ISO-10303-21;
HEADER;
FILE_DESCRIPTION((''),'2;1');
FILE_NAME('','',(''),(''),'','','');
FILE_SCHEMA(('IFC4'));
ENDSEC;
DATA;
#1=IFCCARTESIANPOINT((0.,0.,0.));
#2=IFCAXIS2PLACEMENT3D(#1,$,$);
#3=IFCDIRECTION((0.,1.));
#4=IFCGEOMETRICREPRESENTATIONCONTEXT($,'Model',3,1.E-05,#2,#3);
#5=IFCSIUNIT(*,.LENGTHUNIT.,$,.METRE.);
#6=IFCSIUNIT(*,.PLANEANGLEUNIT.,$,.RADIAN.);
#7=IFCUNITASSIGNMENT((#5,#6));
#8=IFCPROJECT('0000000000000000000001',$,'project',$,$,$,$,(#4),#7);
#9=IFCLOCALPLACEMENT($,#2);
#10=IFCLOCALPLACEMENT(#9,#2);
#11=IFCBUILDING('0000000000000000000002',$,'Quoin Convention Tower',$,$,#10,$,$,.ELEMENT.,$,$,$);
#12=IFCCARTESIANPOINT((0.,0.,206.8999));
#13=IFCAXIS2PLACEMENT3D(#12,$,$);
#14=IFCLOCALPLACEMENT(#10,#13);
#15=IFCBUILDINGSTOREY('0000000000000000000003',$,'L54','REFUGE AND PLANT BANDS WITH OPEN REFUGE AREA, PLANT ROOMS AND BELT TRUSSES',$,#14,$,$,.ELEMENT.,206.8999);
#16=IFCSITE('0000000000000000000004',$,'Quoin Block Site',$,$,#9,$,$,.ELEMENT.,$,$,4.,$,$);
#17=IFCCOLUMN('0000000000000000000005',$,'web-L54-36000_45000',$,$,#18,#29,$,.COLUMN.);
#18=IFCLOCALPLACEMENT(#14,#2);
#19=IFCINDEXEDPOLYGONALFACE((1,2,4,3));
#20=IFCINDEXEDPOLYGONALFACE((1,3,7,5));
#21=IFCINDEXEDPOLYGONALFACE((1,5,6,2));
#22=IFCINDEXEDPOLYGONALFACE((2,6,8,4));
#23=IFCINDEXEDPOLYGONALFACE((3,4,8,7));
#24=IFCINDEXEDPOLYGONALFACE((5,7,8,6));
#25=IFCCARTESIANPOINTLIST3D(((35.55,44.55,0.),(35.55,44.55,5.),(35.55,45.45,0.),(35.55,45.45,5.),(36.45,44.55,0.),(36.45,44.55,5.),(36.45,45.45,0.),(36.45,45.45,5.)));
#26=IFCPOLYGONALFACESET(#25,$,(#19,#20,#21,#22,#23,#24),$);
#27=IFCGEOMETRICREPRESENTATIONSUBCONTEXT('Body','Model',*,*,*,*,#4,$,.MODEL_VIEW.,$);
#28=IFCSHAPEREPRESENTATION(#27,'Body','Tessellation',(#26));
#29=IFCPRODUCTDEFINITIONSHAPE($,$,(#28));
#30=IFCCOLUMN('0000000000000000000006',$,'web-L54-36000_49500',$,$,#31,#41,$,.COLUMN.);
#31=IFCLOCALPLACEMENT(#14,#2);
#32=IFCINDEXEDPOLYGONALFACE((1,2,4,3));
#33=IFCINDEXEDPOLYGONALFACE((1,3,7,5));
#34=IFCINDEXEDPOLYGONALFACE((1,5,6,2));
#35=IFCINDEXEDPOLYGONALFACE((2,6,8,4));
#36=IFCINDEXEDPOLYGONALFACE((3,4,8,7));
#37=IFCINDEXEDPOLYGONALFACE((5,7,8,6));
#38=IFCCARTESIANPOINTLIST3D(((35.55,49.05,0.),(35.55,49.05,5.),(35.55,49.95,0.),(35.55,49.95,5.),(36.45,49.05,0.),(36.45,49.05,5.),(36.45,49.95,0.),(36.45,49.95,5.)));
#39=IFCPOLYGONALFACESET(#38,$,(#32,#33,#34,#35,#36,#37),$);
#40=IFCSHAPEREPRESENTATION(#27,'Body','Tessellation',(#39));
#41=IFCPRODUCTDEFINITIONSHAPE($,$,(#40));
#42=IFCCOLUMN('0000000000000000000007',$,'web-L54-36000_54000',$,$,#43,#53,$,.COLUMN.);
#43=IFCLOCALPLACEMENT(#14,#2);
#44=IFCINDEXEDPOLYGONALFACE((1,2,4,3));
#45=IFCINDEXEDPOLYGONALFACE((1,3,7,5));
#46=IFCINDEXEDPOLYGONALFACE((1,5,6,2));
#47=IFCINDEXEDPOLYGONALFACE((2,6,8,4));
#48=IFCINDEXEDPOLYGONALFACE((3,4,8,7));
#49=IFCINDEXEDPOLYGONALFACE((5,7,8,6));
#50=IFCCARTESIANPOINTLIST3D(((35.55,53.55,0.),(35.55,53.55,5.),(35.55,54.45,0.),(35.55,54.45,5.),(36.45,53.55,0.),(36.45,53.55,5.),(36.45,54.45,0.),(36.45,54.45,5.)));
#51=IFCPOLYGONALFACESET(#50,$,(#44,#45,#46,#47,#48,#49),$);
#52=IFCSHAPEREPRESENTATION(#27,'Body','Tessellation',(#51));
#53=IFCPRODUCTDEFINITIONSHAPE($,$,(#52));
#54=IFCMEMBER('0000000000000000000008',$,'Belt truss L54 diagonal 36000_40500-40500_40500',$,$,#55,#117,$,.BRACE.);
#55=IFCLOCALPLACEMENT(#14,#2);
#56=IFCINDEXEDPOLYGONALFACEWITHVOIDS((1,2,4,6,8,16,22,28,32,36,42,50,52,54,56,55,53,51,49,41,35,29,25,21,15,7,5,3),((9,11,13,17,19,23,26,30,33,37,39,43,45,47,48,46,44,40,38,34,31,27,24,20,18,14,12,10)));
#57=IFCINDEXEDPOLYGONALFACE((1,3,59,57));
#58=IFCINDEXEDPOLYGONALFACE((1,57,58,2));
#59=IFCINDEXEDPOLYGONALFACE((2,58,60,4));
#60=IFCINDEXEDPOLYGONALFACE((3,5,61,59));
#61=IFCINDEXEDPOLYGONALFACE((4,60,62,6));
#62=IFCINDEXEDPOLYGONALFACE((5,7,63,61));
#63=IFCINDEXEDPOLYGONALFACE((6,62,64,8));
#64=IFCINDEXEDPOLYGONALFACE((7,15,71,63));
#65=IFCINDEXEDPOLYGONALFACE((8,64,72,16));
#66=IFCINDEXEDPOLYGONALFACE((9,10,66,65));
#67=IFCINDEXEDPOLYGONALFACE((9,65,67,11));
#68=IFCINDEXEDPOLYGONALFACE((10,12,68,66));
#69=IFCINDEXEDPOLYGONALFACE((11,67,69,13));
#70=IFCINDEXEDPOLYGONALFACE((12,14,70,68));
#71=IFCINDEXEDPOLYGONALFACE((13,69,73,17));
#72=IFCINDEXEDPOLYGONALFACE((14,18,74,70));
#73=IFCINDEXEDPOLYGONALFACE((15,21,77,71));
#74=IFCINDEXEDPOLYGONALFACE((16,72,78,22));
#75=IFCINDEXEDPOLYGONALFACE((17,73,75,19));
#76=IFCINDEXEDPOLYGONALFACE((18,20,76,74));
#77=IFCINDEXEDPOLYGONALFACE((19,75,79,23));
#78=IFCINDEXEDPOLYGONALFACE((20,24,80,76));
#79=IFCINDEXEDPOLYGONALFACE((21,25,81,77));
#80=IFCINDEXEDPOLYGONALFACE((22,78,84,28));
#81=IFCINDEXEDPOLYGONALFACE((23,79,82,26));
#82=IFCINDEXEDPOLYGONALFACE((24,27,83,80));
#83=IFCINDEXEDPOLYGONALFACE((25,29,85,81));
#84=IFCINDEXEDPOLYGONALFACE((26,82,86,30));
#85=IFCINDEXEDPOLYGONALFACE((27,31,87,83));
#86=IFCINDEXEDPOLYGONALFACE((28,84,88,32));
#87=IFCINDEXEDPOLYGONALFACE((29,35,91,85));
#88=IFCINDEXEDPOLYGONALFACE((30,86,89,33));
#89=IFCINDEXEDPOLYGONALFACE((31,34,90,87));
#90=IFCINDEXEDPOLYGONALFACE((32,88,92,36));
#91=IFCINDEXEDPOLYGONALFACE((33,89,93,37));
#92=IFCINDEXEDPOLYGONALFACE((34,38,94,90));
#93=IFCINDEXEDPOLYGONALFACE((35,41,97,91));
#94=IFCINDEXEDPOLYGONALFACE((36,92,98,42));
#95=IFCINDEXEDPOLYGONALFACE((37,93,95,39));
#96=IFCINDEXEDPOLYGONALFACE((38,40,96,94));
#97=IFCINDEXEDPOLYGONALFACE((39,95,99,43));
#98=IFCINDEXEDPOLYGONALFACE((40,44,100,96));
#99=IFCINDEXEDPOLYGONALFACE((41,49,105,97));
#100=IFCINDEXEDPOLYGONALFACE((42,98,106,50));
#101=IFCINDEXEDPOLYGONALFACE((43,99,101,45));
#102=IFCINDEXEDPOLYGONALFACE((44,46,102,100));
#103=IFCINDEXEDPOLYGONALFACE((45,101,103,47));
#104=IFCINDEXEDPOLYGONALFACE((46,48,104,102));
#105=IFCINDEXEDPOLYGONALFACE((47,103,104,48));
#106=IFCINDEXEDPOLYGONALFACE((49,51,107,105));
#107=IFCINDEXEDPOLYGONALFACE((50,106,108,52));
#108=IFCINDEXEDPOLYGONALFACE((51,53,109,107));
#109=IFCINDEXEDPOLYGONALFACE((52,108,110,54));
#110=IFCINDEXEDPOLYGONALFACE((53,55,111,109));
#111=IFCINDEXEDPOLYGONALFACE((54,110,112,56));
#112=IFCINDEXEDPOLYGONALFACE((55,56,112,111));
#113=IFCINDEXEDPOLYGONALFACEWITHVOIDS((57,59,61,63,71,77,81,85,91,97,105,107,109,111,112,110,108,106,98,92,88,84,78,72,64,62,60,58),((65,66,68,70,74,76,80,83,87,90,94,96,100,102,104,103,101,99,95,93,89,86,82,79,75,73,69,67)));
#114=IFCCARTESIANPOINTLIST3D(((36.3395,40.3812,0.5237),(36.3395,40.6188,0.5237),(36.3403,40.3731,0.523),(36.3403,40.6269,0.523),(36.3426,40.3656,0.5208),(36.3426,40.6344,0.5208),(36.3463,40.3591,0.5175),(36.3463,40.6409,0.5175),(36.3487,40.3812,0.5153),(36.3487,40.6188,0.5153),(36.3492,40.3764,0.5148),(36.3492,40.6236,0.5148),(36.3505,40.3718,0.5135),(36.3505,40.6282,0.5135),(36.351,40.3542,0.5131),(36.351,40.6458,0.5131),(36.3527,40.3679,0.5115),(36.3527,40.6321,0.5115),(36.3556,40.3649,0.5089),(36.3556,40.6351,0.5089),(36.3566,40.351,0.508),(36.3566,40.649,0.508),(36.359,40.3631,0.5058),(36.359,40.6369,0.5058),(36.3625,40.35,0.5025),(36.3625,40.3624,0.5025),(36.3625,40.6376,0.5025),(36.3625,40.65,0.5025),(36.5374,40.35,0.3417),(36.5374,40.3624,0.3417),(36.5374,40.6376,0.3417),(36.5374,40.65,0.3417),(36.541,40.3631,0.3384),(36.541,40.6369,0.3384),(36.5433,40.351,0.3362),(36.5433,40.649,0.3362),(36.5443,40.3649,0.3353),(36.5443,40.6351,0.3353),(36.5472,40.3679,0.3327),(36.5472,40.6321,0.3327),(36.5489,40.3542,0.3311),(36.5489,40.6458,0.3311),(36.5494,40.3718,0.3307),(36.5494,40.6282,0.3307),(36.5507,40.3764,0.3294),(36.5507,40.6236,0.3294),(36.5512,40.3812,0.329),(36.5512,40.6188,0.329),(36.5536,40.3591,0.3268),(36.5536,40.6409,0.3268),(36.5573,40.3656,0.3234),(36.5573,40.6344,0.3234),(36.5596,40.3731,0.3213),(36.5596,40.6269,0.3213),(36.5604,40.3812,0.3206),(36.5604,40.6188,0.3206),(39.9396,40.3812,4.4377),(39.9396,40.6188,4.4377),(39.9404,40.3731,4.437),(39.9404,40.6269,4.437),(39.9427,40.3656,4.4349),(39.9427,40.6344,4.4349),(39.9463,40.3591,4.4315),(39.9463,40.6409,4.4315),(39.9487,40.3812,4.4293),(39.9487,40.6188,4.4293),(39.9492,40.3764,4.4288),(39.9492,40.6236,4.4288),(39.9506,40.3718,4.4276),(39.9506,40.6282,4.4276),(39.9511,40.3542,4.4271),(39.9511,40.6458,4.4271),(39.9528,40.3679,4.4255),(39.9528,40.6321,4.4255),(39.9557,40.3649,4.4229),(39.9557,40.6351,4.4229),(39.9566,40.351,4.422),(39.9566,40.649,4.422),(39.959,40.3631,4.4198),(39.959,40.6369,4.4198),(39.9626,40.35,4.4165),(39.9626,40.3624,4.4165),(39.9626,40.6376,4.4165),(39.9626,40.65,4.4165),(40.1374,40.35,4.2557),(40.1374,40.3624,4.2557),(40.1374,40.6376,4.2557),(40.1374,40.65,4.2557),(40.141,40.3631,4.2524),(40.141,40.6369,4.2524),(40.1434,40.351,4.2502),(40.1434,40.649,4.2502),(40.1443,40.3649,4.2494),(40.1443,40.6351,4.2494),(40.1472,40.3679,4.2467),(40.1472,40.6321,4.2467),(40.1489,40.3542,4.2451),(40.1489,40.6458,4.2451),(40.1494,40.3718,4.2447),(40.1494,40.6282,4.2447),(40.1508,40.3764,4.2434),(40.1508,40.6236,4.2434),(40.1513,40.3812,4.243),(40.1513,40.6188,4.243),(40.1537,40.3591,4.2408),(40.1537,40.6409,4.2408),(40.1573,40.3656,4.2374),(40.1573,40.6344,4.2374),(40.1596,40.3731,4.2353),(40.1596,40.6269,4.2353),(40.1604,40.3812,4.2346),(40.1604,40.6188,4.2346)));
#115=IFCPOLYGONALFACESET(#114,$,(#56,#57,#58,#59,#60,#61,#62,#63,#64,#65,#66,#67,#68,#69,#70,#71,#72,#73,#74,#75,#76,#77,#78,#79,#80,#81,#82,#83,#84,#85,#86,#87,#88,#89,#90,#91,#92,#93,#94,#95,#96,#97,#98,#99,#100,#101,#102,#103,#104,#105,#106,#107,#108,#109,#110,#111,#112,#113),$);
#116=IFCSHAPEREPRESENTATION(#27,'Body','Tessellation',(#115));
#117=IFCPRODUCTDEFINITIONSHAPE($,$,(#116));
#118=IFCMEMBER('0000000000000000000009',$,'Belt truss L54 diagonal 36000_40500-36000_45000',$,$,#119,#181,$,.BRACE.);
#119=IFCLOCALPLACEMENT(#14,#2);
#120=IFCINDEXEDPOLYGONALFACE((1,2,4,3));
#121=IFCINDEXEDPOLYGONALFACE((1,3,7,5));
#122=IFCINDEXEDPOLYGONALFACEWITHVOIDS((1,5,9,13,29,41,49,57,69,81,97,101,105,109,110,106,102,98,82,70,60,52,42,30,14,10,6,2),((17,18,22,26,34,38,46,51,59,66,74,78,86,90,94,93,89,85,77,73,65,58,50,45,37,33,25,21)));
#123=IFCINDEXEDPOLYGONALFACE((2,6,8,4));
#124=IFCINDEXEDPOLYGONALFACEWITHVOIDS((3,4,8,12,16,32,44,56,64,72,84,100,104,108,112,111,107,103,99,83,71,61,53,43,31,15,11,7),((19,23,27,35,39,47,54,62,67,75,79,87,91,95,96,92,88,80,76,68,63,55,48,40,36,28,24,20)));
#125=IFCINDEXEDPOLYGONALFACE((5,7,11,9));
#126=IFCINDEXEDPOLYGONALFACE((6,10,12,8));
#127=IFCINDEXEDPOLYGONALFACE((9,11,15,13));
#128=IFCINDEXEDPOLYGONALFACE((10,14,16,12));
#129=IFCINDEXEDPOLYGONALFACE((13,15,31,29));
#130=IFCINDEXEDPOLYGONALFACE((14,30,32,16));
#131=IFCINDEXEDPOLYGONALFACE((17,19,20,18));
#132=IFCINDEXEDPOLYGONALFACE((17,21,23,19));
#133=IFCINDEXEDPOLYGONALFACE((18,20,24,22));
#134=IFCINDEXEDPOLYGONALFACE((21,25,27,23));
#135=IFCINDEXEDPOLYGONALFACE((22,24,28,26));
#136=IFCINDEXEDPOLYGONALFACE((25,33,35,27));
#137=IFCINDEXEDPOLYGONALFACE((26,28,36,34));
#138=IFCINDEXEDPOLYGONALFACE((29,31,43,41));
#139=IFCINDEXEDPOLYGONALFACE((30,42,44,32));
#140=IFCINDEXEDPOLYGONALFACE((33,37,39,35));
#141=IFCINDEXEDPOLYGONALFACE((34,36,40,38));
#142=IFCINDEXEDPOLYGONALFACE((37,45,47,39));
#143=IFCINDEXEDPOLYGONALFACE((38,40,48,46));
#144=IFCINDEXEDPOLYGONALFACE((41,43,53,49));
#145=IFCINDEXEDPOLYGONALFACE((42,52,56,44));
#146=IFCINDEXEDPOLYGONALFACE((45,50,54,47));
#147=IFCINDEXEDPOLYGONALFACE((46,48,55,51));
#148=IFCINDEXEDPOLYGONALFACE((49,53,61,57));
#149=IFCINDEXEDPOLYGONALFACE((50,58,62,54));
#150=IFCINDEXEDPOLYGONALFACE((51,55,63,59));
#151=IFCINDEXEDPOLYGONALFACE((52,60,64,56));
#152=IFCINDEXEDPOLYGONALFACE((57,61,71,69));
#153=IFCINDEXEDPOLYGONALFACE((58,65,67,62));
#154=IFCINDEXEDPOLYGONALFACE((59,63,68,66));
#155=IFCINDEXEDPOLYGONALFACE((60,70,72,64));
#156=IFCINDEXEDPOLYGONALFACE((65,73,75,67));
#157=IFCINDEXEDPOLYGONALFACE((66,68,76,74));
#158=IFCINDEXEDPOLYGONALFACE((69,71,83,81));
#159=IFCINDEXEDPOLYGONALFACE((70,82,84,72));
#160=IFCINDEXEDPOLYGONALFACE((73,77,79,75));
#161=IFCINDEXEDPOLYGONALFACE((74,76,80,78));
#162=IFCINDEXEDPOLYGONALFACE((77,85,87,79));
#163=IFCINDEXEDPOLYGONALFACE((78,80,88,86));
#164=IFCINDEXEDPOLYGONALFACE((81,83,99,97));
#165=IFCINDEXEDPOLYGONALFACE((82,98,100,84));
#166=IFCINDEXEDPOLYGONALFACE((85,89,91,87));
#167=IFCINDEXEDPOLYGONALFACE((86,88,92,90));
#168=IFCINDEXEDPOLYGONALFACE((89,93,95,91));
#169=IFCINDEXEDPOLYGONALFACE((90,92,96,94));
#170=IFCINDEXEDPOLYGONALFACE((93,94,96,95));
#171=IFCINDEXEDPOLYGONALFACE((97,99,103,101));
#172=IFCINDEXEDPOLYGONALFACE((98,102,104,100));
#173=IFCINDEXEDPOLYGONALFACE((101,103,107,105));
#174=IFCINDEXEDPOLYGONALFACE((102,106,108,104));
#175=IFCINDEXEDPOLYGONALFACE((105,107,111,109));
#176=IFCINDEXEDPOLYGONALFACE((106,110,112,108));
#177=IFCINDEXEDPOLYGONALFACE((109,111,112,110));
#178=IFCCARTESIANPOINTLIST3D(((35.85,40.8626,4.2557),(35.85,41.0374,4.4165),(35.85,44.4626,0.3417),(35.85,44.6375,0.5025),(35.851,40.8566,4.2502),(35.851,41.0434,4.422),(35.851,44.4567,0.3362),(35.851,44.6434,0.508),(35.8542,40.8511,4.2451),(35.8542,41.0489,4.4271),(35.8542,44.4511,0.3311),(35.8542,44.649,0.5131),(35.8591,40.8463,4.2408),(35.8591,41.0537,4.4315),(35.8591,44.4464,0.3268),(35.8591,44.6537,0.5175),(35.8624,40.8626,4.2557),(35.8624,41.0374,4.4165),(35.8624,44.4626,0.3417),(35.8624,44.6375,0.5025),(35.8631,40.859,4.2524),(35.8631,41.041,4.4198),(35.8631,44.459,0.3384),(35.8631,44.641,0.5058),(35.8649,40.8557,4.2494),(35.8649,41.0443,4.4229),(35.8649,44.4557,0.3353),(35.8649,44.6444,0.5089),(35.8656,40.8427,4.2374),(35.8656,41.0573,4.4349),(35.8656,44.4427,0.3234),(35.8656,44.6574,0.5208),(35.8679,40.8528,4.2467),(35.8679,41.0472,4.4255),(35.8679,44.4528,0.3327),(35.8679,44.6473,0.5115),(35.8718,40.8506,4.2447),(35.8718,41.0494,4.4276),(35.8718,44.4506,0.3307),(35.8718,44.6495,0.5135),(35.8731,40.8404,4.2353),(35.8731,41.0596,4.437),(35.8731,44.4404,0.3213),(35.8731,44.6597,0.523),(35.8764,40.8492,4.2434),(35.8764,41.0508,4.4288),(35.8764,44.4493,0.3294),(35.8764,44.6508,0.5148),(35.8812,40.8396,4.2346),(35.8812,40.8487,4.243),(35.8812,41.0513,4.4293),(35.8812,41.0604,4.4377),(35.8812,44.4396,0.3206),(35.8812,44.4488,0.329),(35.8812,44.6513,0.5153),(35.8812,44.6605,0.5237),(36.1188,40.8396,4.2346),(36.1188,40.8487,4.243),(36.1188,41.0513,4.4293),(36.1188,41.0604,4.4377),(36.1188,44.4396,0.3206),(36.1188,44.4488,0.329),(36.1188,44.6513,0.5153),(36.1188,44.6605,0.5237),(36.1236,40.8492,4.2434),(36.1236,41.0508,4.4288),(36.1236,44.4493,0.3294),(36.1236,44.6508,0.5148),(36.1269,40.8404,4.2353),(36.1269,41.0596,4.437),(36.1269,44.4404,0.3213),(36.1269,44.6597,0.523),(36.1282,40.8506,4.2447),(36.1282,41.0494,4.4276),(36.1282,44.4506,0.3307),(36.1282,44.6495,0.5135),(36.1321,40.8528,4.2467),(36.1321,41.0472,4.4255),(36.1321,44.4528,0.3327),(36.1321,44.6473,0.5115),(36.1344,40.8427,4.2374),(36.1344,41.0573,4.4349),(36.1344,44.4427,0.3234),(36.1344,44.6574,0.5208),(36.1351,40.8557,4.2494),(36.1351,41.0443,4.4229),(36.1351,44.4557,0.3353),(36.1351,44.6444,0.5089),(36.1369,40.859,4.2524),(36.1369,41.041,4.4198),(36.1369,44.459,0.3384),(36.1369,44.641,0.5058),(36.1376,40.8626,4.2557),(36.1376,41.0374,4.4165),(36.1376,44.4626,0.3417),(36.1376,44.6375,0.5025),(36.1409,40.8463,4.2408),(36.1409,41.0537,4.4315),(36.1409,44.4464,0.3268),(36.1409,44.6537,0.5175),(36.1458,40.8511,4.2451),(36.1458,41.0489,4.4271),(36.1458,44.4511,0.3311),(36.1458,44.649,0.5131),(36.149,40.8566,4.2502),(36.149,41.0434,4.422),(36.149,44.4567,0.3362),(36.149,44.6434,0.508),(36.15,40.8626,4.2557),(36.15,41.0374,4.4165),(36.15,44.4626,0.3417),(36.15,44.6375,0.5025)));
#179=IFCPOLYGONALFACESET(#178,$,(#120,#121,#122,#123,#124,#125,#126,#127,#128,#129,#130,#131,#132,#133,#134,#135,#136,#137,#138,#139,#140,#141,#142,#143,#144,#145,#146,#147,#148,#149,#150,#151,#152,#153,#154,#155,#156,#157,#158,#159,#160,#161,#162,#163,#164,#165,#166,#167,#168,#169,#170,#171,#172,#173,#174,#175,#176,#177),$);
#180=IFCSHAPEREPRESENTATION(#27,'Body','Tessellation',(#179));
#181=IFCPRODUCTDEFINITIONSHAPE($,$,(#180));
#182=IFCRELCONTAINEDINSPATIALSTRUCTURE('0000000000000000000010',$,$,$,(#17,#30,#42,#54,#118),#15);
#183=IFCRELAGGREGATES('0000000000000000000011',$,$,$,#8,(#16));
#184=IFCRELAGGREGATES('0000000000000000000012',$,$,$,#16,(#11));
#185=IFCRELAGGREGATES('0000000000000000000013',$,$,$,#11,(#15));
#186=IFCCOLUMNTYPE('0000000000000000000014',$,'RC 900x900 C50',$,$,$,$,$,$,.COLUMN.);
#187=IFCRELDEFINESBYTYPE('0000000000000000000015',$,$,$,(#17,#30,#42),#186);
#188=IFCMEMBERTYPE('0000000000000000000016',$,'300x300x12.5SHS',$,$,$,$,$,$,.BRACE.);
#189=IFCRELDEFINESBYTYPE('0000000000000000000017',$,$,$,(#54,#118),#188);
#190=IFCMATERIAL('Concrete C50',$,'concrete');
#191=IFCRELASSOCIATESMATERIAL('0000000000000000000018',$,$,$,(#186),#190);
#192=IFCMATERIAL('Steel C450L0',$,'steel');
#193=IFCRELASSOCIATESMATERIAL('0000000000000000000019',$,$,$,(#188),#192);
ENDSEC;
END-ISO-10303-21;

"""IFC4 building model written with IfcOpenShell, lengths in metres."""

from ifc_helpers import new_model, si_unit, direction, frame, origin, origin_2d, place, context, subcontext, project, spatial, rectangle, hollow_rectangle, extrude, material, material_profile, profile_set, type_object, element, save


model = new_model("IFC4")

# Units and contexts
model_context = context("Model", 3, precision=1e-05, world=origin(), true_north=direction((0.0, 1.0)))
body_context = subcontext(model_context, "Body", "Model", "MODEL_VIEW")
ifc_project = project(units=[si_unit("LENGTHUNIT", "METRE"), si_unit("PLANEANGLEUNIT", "RADIAN")], contexts=[model_context])

# Site, building, storey
site_placement = place(None, origin())
site = spatial("IfcSite", under=ifc_project, at=site_placement, Name="Quoin Block Site", CompositionType="ELEMENT", RefElevation=4.0)
building_placement = place(site_placement, origin())
building = spatial("IfcBuilding", under=site, at=building_placement, Name="Quoin Convention Tower", CompositionType="ELEMENT")
storey_placement = place(building_placement, frame((0.0, 0.0, 206.8999)))
storey = spatial("IfcBuildingStorey", under=building, at=storey_placement, Name="L54", Description="REFUGE AND PLANT BANDS WITH OPEN REFUGE AREA, PLANT ROOMS AND BELT TRUSSES", CompositionType="ELEMENT", Elevation=206.8999)

# Columns
ifc_material_1 = material(Name="Concrete C50", Category="concrete")
ifc_material_profile_1 = material_profile(ifc_material_1, rectangle(XDim=0.8999, YDim=0.8999, at=origin_2d()), Name="RC 900x900")
ifc_profile_set_1 = profile_set([ifc_material_profile_1], Name="Concrete C50")
column_type = type_object("IfcColumnType", Name="RC 900x900 C50", PredefinedType="COLUMN", material=ifc_profile_set_1)
for number, where, z_axis, x_axis, name in (
    (1, (36.0, 45.0, 0.0), (0.0, 0.0, 1.0), (1.0, 0.0, 0.0), "web-L54-36000_45000"),
    (2, (36.0, 49.5, 0.0), (0.0, 0.0, 1.0), (1.0, 0.0, 0.0), "web-L54-36000_49500"),
    (3, (36.0, 54.0, 0.0), (0.0, 0.0, 1.0), (1.0, 0.0, 0.0), "web-L54-36000_54000"),
):
    element("IfcColumn", number, at=place(storey_placement, frame(where, z_axis=z_axis, x_axis=x_axis)), inside=storey, type_object=column_type, Name=name, PredefinedType="COLUMN", context=body_context, shape_type="SweptSolid", body=[
        extrude(rectangle(XDim=0.8999, YDim=0.8999, at=origin_2d()), origin(), (0.0, 0.0, 1.0), 5.0),
    ])

# Members
ifc_material_2 = material(Name="Steel C450L0", Category="steel")
ifc_material_profile_2 = material_profile(ifc_material_2, hollow_rectangle(XDim=0.3, YDim=0.3, WallThickness=0.0125, InnerFilletRadius=0.0188, OuterFilletRadius=0.0312, at=origin_2d()), Name="300x300x12.5SHS")
ifc_profile_set_2 = profile_set([ifc_material_profile_2], Name="Steel C450L0")
member_type_1 = type_object("IfcMemberType", Name="300x300x12.5SHS", PredefinedType="BRACE", material=ifc_profile_set_2)
for number, where, z_axis, x_axis, name in (
    (4, (36.45, 40.5, 0.4221), (0.676971, 0.0, 0.73601), (0.0, 1.0, 0.0), "Belt truss L54 diagonal 36000_40500-40500_40500"),
    (5, (36.0, 44.55, 0.4221), (0.0, -0.676971, 0.73601), (1.0, 0.0, 0.0), "Belt truss L54 diagonal 36000_40500-36000_45000"),
):
    element("IfcMember", number, at=place(storey_placement, frame(where, z_axis=z_axis, x_axis=x_axis)), inside=storey, type_object=member_type_1, Name=name, PredefinedType="BRACE", context=body_context, shape_type="SweptSolid", body=[
        extrude(hollow_rectangle(XDim=0.3, YDim=0.3, WallThickness=0.0125, InnerFilletRadius=0.0188, OuterFilletRadius=0.0312, at=origin_2d()), origin(), (0.0, 0.0, 1.0), 5.3179),
    ])

save(model, "model.ifc")
